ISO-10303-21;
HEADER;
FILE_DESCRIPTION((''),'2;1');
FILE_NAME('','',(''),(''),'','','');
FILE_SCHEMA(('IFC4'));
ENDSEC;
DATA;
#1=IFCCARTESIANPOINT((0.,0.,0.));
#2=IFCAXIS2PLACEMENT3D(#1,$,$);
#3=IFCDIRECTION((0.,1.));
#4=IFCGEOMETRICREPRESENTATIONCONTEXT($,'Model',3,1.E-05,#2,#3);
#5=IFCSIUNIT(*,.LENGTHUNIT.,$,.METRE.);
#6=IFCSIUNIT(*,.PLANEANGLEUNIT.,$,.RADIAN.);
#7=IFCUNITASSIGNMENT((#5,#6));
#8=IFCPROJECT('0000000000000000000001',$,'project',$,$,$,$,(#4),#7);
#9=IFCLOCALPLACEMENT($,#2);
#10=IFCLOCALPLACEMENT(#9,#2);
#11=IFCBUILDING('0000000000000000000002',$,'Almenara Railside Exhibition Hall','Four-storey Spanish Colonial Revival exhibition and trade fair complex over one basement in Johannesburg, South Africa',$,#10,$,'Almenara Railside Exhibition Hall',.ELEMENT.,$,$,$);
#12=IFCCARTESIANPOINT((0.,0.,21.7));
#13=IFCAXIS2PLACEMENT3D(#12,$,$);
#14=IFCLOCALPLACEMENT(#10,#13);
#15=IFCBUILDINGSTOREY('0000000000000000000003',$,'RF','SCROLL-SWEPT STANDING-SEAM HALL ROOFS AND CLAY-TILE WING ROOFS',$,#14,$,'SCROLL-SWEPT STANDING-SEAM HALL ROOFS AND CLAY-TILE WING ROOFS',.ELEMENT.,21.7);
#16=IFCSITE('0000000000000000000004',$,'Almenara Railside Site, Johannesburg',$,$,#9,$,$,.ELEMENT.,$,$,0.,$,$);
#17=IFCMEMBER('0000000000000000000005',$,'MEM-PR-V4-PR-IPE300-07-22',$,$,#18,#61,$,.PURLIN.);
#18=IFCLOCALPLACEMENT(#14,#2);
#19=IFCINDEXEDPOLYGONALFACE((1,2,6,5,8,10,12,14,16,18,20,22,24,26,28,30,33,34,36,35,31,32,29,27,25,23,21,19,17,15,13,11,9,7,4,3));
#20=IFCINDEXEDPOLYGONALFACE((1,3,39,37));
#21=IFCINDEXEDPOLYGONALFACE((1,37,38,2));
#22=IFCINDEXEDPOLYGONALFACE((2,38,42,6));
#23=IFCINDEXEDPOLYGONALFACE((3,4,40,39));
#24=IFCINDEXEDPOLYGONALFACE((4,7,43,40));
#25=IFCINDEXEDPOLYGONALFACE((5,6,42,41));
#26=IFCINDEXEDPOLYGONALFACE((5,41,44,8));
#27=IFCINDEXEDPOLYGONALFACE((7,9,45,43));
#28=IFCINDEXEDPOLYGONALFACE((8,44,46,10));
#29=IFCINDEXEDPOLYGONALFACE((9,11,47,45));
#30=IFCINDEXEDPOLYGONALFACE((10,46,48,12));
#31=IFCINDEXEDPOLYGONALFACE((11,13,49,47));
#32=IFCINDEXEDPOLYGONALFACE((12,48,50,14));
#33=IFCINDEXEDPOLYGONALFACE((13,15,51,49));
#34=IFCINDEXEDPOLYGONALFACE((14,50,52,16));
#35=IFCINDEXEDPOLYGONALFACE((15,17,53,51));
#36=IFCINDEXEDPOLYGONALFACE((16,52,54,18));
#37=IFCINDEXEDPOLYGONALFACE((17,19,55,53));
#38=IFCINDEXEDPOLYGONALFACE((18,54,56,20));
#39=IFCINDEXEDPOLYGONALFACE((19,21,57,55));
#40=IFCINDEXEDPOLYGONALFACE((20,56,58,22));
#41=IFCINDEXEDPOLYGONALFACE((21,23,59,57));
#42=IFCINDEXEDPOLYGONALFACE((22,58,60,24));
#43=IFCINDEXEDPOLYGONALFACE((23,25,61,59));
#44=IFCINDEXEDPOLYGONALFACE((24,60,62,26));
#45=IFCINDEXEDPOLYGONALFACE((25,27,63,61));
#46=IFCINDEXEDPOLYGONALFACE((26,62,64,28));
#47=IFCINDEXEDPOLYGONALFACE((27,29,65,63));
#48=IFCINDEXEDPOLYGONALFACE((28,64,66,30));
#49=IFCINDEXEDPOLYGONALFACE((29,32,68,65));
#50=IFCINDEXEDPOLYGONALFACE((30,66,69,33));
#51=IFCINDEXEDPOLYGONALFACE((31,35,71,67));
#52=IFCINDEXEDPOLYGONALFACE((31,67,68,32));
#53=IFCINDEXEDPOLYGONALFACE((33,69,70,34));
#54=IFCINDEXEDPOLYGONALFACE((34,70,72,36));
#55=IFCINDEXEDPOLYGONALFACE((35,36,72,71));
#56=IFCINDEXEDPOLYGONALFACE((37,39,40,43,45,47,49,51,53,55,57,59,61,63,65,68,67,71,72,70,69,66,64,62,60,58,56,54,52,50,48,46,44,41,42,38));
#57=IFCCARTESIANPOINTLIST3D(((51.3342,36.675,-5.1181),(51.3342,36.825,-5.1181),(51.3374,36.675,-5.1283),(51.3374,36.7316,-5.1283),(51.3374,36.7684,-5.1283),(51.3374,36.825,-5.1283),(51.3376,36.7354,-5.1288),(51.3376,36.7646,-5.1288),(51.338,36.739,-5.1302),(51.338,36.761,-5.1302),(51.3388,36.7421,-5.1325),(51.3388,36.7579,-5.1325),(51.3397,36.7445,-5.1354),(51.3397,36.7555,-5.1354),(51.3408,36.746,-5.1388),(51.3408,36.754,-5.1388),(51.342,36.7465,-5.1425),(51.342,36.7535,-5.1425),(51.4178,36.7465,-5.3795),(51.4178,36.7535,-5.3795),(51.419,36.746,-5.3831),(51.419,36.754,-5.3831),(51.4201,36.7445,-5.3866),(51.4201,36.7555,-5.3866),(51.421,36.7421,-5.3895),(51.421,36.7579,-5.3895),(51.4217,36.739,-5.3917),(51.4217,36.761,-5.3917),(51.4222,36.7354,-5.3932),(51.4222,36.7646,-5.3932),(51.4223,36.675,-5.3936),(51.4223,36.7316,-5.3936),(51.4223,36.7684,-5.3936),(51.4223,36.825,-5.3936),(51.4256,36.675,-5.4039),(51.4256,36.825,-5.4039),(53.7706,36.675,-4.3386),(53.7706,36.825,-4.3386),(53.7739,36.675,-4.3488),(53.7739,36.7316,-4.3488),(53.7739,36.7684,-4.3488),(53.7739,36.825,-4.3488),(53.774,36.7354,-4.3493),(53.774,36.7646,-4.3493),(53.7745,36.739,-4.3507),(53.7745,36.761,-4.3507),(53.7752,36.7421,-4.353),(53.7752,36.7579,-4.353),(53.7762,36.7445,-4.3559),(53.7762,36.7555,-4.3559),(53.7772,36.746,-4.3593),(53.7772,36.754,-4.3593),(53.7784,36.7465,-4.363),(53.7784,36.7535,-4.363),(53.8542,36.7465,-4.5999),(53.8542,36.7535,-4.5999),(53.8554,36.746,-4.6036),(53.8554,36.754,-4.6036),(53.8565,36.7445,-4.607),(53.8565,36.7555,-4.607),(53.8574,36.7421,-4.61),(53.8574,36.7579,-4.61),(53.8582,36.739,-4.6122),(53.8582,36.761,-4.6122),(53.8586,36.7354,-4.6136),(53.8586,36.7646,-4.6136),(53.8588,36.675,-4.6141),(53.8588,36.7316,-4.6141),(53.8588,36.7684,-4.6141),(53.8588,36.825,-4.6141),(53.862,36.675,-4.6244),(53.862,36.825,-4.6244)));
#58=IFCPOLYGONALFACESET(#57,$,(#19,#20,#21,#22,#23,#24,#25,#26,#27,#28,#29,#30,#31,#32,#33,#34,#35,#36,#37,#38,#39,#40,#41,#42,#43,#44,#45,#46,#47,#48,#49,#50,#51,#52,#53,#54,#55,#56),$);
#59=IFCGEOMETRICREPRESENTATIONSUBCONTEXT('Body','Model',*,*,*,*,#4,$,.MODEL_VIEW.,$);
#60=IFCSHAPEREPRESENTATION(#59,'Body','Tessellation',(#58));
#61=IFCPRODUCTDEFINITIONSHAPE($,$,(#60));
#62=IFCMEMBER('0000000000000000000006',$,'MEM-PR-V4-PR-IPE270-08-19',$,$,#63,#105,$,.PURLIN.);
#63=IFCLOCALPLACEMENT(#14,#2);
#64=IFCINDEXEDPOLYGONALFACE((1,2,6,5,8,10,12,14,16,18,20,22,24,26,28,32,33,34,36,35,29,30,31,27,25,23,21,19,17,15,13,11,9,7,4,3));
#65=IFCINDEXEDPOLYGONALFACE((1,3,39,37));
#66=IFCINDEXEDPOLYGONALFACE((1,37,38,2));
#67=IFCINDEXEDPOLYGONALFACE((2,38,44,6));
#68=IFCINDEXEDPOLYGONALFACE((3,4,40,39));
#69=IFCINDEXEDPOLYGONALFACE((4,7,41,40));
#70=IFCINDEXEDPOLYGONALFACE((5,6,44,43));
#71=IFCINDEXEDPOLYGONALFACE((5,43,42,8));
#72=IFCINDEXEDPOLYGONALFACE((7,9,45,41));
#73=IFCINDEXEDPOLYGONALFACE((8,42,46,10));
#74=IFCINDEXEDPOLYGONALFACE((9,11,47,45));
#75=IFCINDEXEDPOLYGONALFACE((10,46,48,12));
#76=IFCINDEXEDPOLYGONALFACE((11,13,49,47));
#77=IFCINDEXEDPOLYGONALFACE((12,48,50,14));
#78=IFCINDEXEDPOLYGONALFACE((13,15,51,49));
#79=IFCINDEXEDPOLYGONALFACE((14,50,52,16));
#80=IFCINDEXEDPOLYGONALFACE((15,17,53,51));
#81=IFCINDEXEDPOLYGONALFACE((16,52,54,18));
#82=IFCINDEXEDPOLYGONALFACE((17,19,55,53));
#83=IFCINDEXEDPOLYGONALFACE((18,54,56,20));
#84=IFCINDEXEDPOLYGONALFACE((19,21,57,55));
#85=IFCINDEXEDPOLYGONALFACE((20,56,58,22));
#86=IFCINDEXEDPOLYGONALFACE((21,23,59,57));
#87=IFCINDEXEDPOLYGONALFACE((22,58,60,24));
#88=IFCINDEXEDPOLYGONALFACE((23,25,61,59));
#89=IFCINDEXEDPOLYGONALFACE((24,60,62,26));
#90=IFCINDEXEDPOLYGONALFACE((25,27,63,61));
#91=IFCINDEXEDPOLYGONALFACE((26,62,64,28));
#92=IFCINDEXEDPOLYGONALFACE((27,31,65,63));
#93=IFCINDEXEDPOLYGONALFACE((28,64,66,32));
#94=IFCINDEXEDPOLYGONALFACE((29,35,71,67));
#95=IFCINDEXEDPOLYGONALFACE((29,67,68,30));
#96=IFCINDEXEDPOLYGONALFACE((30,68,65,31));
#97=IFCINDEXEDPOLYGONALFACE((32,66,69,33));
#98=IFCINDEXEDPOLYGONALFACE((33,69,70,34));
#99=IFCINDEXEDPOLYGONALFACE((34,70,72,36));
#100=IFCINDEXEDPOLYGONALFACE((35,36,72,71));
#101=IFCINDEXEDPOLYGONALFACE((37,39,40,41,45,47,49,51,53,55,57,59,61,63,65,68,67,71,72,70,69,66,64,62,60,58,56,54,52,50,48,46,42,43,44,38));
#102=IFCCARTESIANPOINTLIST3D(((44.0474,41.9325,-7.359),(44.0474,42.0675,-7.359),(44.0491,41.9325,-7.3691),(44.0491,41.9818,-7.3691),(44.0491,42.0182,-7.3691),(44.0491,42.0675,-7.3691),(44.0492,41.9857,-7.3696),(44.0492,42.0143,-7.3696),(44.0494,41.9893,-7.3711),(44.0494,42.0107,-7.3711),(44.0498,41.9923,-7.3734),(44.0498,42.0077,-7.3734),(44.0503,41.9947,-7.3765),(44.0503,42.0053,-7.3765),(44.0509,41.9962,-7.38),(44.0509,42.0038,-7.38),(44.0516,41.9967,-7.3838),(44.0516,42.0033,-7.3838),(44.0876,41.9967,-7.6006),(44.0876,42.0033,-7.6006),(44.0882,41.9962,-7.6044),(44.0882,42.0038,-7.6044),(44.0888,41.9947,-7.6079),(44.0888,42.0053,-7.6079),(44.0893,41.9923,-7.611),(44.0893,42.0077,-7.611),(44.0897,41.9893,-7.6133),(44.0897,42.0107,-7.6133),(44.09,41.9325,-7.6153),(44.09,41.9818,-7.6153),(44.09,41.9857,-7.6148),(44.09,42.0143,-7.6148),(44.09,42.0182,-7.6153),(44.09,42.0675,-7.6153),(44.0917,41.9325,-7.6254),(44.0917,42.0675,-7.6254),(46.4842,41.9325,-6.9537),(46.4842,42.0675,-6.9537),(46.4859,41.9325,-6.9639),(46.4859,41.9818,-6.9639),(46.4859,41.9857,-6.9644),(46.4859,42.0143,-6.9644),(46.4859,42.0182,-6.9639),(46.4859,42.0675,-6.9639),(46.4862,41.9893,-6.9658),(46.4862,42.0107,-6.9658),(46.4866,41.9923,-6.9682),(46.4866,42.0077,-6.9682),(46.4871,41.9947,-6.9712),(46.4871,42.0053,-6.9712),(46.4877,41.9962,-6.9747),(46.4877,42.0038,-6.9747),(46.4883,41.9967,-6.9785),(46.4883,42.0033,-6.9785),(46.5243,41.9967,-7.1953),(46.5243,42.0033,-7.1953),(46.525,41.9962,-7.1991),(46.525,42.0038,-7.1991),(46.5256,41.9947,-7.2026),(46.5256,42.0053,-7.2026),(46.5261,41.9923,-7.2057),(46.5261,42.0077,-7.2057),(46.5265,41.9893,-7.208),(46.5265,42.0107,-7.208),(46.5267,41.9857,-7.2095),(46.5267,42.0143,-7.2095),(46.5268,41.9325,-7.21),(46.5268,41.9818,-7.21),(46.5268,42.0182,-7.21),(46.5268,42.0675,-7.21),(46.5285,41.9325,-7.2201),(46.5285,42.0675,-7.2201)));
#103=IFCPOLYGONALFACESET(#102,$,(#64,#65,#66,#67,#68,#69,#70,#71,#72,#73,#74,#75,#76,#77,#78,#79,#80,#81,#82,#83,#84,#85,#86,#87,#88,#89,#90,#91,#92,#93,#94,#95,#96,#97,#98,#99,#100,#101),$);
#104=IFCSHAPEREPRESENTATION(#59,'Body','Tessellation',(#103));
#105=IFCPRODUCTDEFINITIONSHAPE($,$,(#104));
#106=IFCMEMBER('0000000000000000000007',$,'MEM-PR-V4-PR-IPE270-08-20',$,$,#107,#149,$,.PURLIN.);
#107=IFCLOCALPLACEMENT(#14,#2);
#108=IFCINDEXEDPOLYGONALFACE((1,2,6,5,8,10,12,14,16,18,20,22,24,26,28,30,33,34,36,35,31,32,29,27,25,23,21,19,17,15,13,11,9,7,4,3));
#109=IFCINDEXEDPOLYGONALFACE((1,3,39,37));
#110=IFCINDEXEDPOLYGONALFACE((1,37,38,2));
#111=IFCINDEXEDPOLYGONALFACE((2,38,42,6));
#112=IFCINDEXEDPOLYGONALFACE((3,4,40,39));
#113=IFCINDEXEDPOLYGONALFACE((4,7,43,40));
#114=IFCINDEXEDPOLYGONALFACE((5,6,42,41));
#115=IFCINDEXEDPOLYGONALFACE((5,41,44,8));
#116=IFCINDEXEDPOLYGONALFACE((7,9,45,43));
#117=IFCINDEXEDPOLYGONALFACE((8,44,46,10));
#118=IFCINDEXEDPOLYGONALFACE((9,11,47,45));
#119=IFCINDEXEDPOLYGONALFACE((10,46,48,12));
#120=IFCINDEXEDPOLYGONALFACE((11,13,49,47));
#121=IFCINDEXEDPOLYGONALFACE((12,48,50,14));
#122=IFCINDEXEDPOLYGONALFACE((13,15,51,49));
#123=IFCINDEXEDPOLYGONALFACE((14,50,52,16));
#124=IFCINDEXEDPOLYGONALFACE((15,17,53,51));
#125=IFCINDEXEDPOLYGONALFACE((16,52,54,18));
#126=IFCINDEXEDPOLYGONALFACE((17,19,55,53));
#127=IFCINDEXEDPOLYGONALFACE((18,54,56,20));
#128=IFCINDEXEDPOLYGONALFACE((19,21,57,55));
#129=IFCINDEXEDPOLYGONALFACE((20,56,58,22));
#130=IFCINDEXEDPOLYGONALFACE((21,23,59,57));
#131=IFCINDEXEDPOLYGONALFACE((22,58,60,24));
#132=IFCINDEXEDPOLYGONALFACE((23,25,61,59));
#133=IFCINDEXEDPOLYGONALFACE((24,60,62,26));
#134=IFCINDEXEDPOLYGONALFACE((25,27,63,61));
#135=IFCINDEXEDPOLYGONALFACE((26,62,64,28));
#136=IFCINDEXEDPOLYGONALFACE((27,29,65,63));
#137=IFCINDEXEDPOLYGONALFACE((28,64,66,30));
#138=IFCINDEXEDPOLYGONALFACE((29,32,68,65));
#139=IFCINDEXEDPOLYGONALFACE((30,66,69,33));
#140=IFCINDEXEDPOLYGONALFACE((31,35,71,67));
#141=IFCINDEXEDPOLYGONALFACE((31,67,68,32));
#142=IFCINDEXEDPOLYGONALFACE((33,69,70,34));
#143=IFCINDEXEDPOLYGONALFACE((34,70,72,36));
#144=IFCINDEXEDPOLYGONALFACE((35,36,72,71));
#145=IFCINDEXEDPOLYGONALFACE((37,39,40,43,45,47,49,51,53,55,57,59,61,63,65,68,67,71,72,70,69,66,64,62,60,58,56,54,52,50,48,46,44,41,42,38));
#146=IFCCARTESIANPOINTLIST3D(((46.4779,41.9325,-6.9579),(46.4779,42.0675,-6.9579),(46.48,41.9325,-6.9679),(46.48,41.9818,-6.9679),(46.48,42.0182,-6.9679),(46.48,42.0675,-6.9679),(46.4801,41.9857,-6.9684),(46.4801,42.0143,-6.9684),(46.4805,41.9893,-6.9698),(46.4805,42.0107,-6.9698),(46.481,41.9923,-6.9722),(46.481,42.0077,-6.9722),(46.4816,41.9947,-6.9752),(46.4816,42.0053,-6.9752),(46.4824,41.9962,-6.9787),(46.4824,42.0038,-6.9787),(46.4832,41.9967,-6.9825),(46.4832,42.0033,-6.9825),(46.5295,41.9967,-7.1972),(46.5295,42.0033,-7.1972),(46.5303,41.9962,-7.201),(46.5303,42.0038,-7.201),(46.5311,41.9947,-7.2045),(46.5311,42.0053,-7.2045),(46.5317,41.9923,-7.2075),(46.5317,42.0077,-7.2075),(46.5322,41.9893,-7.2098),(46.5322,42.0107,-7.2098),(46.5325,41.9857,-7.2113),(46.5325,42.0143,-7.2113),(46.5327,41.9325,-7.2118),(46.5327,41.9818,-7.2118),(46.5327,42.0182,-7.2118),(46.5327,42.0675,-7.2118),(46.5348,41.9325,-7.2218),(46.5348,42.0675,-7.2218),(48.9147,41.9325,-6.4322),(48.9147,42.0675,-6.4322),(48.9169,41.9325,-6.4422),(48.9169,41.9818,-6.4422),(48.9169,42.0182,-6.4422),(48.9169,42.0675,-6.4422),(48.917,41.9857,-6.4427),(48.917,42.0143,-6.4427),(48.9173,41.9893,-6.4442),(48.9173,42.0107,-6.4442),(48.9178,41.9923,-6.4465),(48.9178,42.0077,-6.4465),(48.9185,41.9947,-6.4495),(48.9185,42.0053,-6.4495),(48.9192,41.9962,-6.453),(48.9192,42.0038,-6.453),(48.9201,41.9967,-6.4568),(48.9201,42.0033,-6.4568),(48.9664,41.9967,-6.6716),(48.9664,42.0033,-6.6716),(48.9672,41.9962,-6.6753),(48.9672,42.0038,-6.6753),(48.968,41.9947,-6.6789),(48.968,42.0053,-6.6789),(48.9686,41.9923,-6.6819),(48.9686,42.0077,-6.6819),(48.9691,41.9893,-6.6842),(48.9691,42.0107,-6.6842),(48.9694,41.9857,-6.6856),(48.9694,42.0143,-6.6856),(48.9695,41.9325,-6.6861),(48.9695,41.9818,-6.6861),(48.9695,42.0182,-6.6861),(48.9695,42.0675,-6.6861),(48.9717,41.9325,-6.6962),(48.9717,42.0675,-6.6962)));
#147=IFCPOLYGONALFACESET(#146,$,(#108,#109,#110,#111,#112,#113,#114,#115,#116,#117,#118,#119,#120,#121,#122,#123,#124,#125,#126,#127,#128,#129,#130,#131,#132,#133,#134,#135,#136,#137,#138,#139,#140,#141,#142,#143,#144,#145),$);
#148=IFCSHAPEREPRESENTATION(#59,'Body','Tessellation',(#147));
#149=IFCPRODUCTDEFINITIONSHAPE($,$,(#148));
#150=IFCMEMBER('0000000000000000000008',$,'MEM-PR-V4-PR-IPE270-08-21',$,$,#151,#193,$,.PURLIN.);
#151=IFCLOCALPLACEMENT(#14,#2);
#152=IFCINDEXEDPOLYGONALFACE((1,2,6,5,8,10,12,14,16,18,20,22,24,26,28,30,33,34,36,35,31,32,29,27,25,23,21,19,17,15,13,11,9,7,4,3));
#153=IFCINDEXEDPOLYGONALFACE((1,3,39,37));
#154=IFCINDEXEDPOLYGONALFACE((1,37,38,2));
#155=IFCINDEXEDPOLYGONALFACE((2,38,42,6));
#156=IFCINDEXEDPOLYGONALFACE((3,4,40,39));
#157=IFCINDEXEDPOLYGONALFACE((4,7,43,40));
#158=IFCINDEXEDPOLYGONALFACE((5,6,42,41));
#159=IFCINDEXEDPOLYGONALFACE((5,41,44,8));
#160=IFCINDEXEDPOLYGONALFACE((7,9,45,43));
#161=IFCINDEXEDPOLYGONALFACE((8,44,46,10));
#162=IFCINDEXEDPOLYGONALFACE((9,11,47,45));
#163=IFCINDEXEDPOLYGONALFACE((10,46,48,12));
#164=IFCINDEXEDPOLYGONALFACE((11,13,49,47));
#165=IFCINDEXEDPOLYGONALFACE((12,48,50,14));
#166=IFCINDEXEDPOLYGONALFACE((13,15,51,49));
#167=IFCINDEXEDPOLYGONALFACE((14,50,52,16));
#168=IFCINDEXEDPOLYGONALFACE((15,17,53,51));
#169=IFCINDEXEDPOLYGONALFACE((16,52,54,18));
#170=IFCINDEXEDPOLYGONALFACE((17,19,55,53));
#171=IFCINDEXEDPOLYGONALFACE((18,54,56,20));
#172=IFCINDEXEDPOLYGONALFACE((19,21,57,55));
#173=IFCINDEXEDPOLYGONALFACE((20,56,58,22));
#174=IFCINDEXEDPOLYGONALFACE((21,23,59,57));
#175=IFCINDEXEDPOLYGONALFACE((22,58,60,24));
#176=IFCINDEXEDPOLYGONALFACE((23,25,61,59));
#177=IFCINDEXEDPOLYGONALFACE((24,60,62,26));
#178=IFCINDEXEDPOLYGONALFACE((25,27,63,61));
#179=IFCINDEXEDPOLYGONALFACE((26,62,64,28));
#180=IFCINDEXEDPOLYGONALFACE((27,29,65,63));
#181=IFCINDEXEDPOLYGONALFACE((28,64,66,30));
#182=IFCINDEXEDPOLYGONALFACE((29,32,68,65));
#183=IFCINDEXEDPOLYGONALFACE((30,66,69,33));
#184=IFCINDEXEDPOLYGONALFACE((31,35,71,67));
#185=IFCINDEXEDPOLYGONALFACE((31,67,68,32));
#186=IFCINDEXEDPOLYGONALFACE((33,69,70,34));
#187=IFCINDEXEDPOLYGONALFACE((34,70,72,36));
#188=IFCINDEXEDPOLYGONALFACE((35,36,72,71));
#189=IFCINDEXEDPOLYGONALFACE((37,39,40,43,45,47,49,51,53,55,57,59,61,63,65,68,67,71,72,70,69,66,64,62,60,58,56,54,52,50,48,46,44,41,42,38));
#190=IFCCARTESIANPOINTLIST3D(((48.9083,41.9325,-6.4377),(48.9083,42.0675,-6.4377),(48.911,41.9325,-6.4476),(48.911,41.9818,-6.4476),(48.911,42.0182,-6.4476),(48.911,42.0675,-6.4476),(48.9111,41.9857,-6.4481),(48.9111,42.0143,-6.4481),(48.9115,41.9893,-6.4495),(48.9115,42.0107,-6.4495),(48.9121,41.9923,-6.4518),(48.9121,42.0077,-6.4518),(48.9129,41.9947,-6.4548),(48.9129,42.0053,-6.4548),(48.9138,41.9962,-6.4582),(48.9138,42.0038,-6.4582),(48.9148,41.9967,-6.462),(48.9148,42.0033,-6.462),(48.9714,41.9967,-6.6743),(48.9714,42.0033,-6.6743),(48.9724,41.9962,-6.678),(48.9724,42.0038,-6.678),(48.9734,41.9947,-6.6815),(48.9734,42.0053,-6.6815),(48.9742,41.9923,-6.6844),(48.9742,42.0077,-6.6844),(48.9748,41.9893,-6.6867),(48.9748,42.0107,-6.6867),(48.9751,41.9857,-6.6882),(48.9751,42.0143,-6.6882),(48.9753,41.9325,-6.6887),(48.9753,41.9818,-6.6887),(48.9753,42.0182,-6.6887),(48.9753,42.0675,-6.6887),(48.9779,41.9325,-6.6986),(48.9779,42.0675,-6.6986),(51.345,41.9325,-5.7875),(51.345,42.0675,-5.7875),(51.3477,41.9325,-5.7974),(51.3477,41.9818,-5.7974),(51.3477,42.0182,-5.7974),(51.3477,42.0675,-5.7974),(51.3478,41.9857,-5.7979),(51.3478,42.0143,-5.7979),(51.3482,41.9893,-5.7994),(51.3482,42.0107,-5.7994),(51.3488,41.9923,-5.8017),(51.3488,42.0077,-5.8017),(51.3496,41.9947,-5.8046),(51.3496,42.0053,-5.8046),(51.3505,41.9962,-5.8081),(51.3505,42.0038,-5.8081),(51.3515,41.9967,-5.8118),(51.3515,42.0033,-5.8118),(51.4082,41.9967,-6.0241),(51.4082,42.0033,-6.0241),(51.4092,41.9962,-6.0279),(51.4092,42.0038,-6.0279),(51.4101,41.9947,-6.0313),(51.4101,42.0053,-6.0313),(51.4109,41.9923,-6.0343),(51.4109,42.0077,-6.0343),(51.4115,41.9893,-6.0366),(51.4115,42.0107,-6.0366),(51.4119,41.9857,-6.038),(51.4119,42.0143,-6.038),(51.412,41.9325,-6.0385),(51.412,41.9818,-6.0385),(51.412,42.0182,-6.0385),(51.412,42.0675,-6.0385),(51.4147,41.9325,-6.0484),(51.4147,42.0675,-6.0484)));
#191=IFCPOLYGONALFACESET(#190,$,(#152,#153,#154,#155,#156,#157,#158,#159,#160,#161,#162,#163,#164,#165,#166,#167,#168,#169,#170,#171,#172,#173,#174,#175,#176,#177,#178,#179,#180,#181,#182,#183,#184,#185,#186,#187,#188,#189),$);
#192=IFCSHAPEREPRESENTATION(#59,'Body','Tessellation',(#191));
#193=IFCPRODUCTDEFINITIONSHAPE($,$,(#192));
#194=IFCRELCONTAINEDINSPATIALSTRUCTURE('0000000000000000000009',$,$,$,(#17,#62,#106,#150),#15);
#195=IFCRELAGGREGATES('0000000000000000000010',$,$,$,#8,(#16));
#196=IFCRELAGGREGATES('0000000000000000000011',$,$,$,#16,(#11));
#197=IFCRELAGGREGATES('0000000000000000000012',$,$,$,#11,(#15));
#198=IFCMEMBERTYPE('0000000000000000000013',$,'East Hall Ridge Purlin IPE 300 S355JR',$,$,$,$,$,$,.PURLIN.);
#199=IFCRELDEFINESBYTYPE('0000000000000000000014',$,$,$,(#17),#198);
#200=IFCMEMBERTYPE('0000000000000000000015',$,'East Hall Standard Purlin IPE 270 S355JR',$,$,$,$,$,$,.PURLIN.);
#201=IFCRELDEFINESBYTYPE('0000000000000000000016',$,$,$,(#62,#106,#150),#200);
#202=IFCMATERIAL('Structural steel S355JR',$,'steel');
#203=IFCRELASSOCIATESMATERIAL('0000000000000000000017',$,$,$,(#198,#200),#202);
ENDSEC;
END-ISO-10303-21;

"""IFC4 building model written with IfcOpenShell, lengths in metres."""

from ifc_helpers import new_model, si_unit, direction, frame, origin, origin_2d, place, context, subcontext, project, spatial, i_section, extrude, material, material_profile, profile_set, type_object, element, save


model = new_model("IFC4")

# Units and contexts
model_context = context("Model", 3, precision=1e-05, world=origin(), true_north=direction((0.0, 1.0)))
body_context = subcontext(model_context, "Body", "Model", "MODEL_VIEW")
ifc_project = project(units=[si_unit("LENGTHUNIT", "METRE"), si_unit("PLANEANGLEUNIT", "RADIAN")], contexts=[model_context])

# Site, building, storey
site_placement = place(None, origin())
site = spatial("IfcSite", under=ifc_project, at=site_placement, Name="Almenara Railside Site, Johannesburg", CompositionType="ELEMENT", RefElevation=0.0)
building_placement = place(site_placement, origin())
building = spatial("IfcBuilding", under=site, at=building_placement, Name="Almenara Railside Exhibition Hall", Description="Four-storey Spanish Colonial Revival exhibition and trade fair complex over one basement in Johannesburg, South Africa", LongName="Almenara Railside Exhibition Hall", CompositionType="ELEMENT")
storey_placement = place(building_placement, frame((0.0, 0.0, 21.7)))
storey = spatial("IfcBuildingStorey", under=building, at=storey_placement, Name="RF", Description="SCROLL-SWEPT STANDING-SEAM HALL ROOFS AND CLAY-TILE WING ROOFS", LongName="SCROLL-SWEPT STANDING-SEAM HALL ROOFS AND CLAY-TILE WING ROOFS", CompositionType="ELEMENT", Elevation=21.7)

# Shared definitions
ifc_material_1 = material(Name="Structural steel S355JR", Category="steel")

# Members
ifc_material_profile_1 = material_profile(ifc_material_1, i_section(OverallWidth=0.1499, OverallDepth=0.3, WebThickness=0.0071, FlangeThickness=0.0107, FilletRadius=0.0149, at=origin_2d()), Name="IPE 300")
ifc_profile_set_1 = profile_set([ifc_material_profile_1], Name="Structural steel S355JR")
member_type_1 = type_object("IfcMemberType", Name="East Hall Ridge Purlin IPE 300 S355JR", PredefinedType="PURLIN", material=ifc_profile_set_1)
member_1_placement = place(storey_placement, frame((51.3799, 36.75, -5.261), z_axis=(0.952441, 0.0, 0.304724), x_axis=(0.0, 1.0, 0.0)))
element("IfcMember", 1, at=member_1_placement, inside=storey, type_object=member_type_1, Name="MEM-PR-V4-PR-IPE300-07-22", PredefinedType="PURLIN", context=body_context, shape_type="SweptSolid", body=[
    extrude(i_section(OverallWidth=0.1499, OverallDepth=0.3, WebThickness=0.0071, FlangeThickness=0.0107, FilletRadius=0.0149, at=origin_2d()), origin(), (0.0, 0.0, 1.0), 2.5581),
])
ifc_material_profile_2 = material_profile(ifc_material_1, i_section(OverallWidth=0.135, OverallDepth=0.27, WebThickness=0.0066, FlangeThickness=0.0103, FilletRadius=0.0149, at=origin_2d()), Name="IPE 270")
ifc_profile_set_2 = profile_set([ifc_material_profile_2], Name="Structural steel S355JR")
member_type_2 = type_object("IfcMemberType", Name="East Hall Standard Purlin IPE 270 S355JR", PredefinedType="PURLIN", material=ifc_profile_set_2)
member_2_placement = place(storey_placement, frame((44.0696, 42.0, -7.4922), z_axis=(0.98645, 0.0, 0.164062), x_axis=(0.0, 1.0, 0.0)))
element("IfcMember", 2, at=member_2_placement, inside=storey, type_object=member_type_2, Name="MEM-PR-V4-PR-IPE270-08-19", PredefinedType="PURLIN", context=body_context, shape_type="SweptSolid", body=[
    extrude(i_section(OverallWidth=0.135, OverallDepth=0.27, WebThickness=0.0066, FlangeThickness=0.0103, FilletRadius=0.0149, at=origin_2d()), origin(), (0.0, 0.0, 1.0), 2.4702),
])
member_3_placement = place(storey_placement, frame((46.5063, 42.0, -7.0898), z_axis=(0.977516, 0.0, 0.21086), x_axis=(0.0, 1.0, 0.0)))
element("IfcMember", 3, at=member_3_placement, inside=storey, type_object=member_type_2, Name="MEM-PR-V4-PR-IPE270-08-20", PredefinedType="PURLIN", context=body_context, shape_type="SweptSolid", body=[
    extrude(i_section(OverallWidth=0.135, OverallDepth=0.27, WebThickness=0.0066, FlangeThickness=0.0103, FilletRadius=0.0149, at=origin_2d()), origin(), (0.0, 0.0, 1.0), 2.4929),
])
member_4_placement = place(storey_placement, frame((48.9431, 42.0, -6.5681), z_axis=(0.966201, 0.0, 0.257789), x_axis=(0.0, 1.0, 0.0)))
element("IfcMember", 4, at=member_4_placement, inside=storey, type_object=member_type_2, Name="MEM-PR-V4-PR-IPE270-08-21", PredefinedType="PURLIN", context=body_context, shape_type="SweptSolid", body=[
    extrude(i_section(OverallWidth=0.135, OverallDepth=0.27, WebThickness=0.0066, FlangeThickness=0.0103, FilletRadius=0.0149, at=origin_2d()), origin(), (0.0, 0.0, 1.0), 2.522),
])

save(model, "model.ifc")
